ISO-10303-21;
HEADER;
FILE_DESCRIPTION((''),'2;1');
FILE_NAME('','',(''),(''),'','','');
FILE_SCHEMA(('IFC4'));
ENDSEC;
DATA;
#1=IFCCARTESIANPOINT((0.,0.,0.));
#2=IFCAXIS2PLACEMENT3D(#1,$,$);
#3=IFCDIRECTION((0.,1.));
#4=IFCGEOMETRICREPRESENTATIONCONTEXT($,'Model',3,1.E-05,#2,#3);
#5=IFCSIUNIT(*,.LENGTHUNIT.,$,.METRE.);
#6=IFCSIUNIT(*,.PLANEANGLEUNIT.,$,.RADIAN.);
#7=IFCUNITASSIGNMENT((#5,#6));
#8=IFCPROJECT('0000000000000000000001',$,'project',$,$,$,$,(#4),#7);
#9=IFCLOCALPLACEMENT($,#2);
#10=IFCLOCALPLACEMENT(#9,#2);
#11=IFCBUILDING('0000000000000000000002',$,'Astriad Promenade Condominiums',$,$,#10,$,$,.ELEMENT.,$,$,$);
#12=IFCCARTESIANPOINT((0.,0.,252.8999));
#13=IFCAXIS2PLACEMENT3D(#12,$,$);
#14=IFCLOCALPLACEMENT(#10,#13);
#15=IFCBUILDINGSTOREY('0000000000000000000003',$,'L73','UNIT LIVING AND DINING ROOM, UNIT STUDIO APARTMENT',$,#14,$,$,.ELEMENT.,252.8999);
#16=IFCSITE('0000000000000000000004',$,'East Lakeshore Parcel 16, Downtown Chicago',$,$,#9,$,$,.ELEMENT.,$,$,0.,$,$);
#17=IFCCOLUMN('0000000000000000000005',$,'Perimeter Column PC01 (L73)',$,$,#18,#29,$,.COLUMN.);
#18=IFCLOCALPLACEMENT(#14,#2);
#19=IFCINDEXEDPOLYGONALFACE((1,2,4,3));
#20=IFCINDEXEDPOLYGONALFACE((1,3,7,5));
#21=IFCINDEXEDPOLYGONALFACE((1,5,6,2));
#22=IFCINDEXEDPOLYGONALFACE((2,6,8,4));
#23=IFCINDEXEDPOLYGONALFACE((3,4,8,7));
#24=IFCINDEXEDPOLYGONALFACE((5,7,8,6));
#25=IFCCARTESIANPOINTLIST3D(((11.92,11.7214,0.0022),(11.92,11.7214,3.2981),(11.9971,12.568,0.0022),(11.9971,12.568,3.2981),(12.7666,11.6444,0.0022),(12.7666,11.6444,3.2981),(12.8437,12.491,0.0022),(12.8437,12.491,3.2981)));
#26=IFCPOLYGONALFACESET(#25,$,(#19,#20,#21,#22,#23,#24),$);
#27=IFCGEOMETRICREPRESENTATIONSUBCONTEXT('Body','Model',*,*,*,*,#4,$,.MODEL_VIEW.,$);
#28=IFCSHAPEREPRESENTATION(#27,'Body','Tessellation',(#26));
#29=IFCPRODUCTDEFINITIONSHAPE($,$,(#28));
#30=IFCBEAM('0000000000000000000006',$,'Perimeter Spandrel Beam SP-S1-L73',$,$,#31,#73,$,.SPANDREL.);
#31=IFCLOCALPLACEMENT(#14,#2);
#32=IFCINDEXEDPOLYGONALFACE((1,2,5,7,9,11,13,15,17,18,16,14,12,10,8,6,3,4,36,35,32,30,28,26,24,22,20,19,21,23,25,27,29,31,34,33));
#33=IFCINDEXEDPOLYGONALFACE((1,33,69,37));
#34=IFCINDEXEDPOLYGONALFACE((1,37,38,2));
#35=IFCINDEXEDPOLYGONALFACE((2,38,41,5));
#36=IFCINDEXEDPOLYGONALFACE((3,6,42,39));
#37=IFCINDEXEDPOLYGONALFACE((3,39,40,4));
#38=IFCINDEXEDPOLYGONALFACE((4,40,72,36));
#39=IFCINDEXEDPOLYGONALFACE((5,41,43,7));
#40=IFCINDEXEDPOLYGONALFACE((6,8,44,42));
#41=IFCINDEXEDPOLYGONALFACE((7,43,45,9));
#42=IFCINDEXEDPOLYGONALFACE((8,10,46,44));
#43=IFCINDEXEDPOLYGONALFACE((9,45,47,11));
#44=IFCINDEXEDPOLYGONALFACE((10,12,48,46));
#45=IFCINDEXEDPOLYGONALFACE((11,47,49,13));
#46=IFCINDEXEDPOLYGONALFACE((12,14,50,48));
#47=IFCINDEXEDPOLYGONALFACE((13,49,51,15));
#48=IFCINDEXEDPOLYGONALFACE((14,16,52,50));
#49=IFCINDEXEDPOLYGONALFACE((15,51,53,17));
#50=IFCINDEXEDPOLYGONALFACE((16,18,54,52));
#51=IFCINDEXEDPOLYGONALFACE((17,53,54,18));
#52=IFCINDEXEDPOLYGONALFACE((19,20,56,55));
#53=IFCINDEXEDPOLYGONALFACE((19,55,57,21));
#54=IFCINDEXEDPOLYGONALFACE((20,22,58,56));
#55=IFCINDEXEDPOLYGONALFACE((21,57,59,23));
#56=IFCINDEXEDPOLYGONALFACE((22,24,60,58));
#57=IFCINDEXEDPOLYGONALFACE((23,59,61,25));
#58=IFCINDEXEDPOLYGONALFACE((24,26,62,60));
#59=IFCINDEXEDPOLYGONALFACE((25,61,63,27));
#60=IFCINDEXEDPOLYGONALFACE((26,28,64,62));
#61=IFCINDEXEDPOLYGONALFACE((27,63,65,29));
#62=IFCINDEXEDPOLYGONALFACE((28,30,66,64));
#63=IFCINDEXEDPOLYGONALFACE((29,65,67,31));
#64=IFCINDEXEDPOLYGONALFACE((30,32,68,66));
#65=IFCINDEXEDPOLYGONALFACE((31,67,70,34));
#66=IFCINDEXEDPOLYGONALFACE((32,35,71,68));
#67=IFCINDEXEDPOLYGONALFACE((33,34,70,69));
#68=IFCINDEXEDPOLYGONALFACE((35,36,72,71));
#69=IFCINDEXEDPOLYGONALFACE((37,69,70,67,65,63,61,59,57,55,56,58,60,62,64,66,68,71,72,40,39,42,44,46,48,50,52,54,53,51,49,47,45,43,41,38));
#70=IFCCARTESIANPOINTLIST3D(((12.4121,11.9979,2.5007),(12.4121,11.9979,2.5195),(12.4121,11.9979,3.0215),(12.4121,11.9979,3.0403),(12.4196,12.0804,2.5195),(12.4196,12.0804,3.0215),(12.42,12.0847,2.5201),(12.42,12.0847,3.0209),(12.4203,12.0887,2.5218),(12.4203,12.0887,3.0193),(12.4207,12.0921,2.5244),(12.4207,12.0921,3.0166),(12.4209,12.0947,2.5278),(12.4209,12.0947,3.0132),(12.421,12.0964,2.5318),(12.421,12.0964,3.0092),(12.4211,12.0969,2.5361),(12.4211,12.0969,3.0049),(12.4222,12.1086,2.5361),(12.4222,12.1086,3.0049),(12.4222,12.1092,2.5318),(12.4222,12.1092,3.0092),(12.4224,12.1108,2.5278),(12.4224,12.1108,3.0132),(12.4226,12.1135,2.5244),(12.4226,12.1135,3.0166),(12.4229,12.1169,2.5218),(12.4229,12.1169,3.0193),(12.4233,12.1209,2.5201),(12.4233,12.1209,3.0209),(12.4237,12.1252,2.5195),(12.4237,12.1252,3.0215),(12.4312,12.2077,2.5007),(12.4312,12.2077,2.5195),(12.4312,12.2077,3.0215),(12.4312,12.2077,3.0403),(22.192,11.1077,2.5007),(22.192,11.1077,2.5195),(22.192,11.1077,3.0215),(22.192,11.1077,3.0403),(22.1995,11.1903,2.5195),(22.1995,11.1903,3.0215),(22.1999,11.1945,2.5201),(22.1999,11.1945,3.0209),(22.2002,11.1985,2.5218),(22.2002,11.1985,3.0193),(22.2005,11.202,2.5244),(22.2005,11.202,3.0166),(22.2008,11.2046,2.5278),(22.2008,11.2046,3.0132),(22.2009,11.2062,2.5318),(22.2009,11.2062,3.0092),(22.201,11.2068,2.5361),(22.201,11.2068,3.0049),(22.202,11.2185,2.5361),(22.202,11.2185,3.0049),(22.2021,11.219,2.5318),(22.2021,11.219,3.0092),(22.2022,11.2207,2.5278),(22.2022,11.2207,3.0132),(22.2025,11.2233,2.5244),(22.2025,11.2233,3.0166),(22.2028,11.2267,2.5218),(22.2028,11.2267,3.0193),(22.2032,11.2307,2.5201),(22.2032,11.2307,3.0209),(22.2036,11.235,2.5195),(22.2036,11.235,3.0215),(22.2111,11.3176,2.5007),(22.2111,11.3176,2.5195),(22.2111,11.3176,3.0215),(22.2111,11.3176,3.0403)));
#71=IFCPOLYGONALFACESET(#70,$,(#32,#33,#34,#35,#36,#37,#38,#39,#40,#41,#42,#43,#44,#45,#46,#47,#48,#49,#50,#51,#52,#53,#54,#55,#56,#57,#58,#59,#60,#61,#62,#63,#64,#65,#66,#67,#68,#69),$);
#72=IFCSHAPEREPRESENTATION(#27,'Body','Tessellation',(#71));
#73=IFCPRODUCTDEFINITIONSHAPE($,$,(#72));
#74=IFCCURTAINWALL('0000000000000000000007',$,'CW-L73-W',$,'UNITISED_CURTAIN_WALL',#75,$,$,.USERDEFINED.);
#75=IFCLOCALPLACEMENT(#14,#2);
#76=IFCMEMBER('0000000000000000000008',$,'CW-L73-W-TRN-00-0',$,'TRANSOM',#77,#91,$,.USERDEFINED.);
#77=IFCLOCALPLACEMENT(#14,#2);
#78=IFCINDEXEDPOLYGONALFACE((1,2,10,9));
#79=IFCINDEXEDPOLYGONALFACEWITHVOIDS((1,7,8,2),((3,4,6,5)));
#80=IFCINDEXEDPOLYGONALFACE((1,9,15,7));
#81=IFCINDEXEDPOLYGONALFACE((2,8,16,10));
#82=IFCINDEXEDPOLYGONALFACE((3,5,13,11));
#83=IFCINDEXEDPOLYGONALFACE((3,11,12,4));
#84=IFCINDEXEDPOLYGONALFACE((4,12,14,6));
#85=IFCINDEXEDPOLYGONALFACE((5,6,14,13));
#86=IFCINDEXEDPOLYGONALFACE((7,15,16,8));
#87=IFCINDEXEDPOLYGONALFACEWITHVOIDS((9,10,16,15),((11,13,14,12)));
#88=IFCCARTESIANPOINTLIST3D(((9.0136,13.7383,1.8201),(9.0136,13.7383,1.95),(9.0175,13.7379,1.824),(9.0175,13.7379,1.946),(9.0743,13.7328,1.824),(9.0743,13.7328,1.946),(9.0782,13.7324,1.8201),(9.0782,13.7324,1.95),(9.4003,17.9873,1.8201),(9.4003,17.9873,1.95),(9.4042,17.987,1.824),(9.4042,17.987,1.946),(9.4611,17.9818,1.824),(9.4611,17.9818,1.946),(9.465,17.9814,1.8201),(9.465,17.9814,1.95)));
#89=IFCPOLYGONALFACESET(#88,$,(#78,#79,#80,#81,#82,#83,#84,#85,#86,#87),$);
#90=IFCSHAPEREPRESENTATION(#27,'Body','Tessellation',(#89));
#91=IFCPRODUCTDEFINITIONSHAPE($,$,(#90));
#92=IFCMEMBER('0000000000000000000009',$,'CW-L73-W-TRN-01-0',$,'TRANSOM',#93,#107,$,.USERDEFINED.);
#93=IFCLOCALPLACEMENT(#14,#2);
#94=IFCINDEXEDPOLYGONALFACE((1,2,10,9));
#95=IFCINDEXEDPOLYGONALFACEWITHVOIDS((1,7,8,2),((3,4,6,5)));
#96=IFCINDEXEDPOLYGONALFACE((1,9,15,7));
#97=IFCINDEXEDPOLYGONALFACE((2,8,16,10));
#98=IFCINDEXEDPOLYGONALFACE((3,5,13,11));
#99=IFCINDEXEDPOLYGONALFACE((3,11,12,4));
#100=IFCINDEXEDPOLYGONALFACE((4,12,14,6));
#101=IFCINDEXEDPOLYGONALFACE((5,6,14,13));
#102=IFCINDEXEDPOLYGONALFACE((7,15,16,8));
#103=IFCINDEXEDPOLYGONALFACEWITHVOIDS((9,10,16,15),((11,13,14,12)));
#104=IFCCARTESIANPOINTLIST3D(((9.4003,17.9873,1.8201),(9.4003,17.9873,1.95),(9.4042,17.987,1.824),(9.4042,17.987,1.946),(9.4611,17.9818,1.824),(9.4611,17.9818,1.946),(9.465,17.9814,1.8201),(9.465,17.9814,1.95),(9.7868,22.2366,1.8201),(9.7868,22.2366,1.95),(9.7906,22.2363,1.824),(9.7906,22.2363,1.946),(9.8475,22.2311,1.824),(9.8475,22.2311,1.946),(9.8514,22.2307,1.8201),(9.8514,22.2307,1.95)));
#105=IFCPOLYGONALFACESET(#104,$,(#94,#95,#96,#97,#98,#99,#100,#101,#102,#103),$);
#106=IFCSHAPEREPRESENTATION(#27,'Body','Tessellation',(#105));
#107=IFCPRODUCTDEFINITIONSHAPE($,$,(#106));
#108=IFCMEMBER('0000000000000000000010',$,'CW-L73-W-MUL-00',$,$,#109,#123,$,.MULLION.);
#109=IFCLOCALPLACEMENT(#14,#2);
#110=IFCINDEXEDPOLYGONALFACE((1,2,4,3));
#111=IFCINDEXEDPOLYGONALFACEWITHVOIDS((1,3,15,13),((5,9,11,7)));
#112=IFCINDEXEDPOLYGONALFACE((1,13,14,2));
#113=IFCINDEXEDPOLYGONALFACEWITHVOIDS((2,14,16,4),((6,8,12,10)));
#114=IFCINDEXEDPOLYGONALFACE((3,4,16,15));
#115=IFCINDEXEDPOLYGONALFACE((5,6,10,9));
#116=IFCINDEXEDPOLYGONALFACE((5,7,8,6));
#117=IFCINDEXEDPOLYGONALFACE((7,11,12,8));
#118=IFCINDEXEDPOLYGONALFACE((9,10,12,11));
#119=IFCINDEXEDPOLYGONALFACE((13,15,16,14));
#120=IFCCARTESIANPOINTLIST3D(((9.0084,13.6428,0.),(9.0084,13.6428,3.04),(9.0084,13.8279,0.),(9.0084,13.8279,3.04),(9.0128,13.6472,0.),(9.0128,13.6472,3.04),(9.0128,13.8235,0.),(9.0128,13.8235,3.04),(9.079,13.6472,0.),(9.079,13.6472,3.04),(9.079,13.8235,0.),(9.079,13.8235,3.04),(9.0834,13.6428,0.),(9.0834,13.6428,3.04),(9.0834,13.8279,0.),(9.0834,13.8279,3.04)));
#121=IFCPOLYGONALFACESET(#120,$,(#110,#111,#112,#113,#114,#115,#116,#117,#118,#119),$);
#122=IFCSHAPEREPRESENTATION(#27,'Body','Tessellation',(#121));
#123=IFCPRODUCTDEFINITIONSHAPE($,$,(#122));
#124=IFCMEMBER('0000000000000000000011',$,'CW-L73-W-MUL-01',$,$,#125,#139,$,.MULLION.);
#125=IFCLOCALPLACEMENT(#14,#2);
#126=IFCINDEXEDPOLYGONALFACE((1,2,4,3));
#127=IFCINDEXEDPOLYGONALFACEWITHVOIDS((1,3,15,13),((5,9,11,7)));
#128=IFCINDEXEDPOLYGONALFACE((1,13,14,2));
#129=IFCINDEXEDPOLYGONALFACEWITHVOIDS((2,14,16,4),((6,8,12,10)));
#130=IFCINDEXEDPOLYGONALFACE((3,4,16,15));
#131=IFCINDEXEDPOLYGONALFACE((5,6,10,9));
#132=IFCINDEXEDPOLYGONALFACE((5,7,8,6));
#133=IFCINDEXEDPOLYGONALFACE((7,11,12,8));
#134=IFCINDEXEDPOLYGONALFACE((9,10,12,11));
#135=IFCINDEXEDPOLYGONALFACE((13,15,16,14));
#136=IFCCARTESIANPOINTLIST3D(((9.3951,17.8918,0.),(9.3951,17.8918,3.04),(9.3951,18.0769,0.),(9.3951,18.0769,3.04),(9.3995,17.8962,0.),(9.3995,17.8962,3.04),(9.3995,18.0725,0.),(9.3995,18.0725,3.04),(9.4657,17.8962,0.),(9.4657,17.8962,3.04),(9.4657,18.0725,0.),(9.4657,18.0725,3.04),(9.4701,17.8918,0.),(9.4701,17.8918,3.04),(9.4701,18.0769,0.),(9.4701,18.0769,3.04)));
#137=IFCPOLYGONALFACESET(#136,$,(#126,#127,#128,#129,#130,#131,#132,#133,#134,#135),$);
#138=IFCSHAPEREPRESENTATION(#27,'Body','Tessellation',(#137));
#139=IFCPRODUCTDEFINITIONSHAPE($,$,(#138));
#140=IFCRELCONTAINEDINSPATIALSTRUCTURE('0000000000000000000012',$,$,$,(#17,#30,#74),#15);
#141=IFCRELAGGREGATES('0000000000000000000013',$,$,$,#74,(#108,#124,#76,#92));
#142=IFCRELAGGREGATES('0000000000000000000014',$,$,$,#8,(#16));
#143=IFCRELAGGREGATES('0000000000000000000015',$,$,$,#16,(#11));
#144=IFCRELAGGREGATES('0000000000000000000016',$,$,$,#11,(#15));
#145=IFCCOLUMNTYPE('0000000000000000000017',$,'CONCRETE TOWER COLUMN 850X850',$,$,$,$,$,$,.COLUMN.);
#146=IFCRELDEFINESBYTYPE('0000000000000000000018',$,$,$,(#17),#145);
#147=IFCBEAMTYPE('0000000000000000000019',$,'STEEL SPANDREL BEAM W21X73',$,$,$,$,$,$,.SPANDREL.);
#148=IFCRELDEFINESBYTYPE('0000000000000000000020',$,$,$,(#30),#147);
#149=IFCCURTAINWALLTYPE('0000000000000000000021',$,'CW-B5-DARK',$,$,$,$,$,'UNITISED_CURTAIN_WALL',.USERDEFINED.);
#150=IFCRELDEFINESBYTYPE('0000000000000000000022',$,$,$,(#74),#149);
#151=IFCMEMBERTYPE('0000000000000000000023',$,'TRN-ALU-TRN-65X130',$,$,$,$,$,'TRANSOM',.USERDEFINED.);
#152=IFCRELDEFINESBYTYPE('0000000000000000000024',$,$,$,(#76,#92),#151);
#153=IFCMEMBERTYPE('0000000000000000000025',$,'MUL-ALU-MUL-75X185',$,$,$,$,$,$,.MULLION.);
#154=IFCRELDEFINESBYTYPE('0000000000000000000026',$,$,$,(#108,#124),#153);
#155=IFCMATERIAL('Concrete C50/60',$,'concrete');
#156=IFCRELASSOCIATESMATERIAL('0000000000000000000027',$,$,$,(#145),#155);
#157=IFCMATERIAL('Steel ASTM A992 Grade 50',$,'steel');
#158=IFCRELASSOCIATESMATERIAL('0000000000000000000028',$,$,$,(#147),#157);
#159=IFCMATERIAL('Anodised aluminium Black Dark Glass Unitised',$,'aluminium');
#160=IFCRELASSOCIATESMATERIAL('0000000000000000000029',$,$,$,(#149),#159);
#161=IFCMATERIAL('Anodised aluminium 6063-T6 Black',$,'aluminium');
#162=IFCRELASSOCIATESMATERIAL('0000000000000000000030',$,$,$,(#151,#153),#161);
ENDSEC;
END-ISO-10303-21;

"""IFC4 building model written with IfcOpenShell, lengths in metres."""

from ifc_helpers import new_model, si_unit, direction, frame, origin, origin_2d, place, context, subcontext, project, spatial, rectangle, hollow_rectangle, i_section, extrude, source, transform, mapped, material, material_profile, profile_set, type_object, type_shapes, element, aggregate, save


model = new_model("IFC4")

# Units and contexts
model_context = context("Model", 3, precision=1e-05, world=origin(), true_north=direction((0.0, 1.0)))
body_context = subcontext(model_context, "Body", "Model", "MODEL_VIEW")
ifc_project = project(units=[si_unit("LENGTHUNIT", "METRE"), si_unit("PLANEANGLEUNIT", "RADIAN")], contexts=[model_context])

# Site, building, storey
site_placement = place(None, origin())
site = spatial("IfcSite", under=ifc_project, at=site_placement, Name="East Lakeshore Parcel 16, Downtown Chicago", CompositionType="ELEMENT", RefElevation=0.0)
building_placement = place(site_placement, origin())
building = spatial("IfcBuilding", under=site, at=building_placement, Name="Astriad Promenade Condominiums", CompositionType="ELEMENT")
storey_placement = place(building_placement, frame((0.0, 0.0, 252.8999)))
storey = spatial("IfcBuildingStorey", under=building, at=storey_placement, Name="L73", Description="UNIT LIVING AND DINING ROOM, UNIT STUDIO APARTMENT", CompositionType="ELEMENT", Elevation=252.8999)

# Column
ifc_material_1 = material(Name="Concrete C50/60", Category="concrete")
ifc_material_profile_1 = material_profile(ifc_material_1, rectangle(XDim=0.8501, YDim=0.8501, at=origin_2d()), Name="RC-COL-850X850")
ifc_profile_set_1 = profile_set([ifc_material_profile_1], Name="Concrete C50/60")
column_type = type_object("IfcColumnType", Name="CONCRETE TOWER COLUMN 850X850", PredefinedType="COLUMN", material=ifc_profile_set_1)
shared_shape_1 = source(origin(), body_context, "Body", "SweptSolid", [
    extrude(rectangle(XDim=0.8501, YDim=0.8501, at=origin_2d()), origin(), (0.0, 0.0, 1.0), 3.2959),
])
type_shapes(column_type, [shared_shape_1])
column_placement = place(storey_placement, frame((12.3818, 12.1062, 0.0022), z_axis=(0.0, 0.0, 1.0), x_axis=(0.995884, -0.090633, 0.0)))
element("IfcColumn", 1, at=column_placement, inside=storey, type_object=column_type, Name="Perimeter Column PC01 (L73)", PredefinedType="COLUMN", context=body_context, shape_type="MappedRepresentation", body=[
    mapped(shared_shape_1, transform((0.0, 0.0, 0.0), scale=1.0)),
])

# Beam
ifc_material_2 = material(Name="Steel ASTM A992 Grade 50", Category="steel")
ifc_material_profile_2 = material_profile(ifc_material_2, i_section(OverallWidth=0.2107, OverallDepth=0.5396, WebThickness=0.0117, FlangeThickness=0.0188, FilletRadius=0.0166, at=origin_2d()), Name="W21X73")
ifc_profile_set_2 = profile_set([ifc_material_profile_2], Name="Steel ASTM A992 Grade 50")
beam_type = type_object("IfcBeamType", Name="STEEL SPANDREL BEAM W21X73", PredefinedType="SPANDREL", material=ifc_profile_set_2)
shared_shape_2 = source(origin(), body_context, "Body", "SweptSolid", [
    extrude(i_section(OverallWidth=0.2107, OverallDepth=0.5396, WebThickness=0.0117, FlangeThickness=0.0188, FilletRadius=0.0166, at=origin_2d()), origin(), (0.0, 0.0, 1.0), 9.8203),
])
type_shapes(beam_type, [shared_shape_2])
beam_placement = place(storey_placement, frame((12.4216, 12.1028, 2.7705), z_axis=(0.995883, -0.090643, 0.0), x_axis=(0.090643, 0.995883, 0.0)))
element("IfcBeam", 2, at=beam_placement, inside=storey, type_object=beam_type, Name="Perimeter Spandrel Beam SP-S1-L73", PredefinedType="SPANDREL", context=body_context, shape_type="MappedRepresentation", body=[
    mapped(shared_shape_2, transform((0.0, 0.0, 0.0), scale=1.0)),
])

# Curtain wall, members
ifc_material_3 = material(Name="Anodised aluminium Black Dark Glass Unitised", Category="aluminium")
curtain_wall_type = type_object("IfcCurtainWallType", Name="CW-B5-DARK", ElementType="UNITISED_CURTAIN_WALL", PredefinedType="USERDEFINED", material=ifc_material_3)
curtain_wall_placement = place(storey_placement, origin())
curtain_wall = element("IfcCurtainWall", 3, at=curtain_wall_placement, inside=storey, type_object=curtain_wall_type, Name="CW-L73-W", ObjectType="UNITISED_CURTAIN_WALL", PredefinedType="USERDEFINED")
ifc_material_4 = material(Name="Anodised aluminium 6063-T6 Black", Category="aluminium")
ifc_material_profile_3 = material_profile(ifc_material_4, hollow_rectangle(XDim=0.0649, YDim=0.1299, WallThickness=0.0039, at=origin_2d()), Name="ALU-TRN-65X130")
ifc_profile_set_3 = profile_set([ifc_material_profile_3], Name="Anodised aluminium 6063-T6 Black")
member_type_1 = type_object("IfcMemberType", Name="TRN-ALU-TRN-65X130", ElementType="TRANSOM", PredefinedType="USERDEFINED", material=ifc_profile_set_3)
shared_shape_3 = source(origin(), body_context, "Body", "SweptSolid", [
    extrude(hollow_rectangle(XDim=0.0649, YDim=0.1299, WallThickness=0.0039, at=origin_2d()), origin(), (0.0, 0.0, 1.0), 4.2666),
])
member_1_placement = place(storey_placement, frame((9.0459, 13.7354, 1.885), z_axis=(0.090639, 0.995884, 0.0), x_axis=(-0.995884, 0.090639, 0.0)))
member_1 = element("IfcMember", 4, at=member_1_placement, type_object=member_type_1, Name="CW-L73-W-TRN-00-0", ObjectType="TRANSOM", PredefinedType="USERDEFINED", context=body_context, shape_type="MappedRepresentation", body=[
    mapped(shared_shape_3, transform((0.0, 0.0, 0.0), scale=1.0)),
])
shared_shape_4 = source(origin(), body_context, "Body", "SweptSolid", [
    extrude(hollow_rectangle(XDim=0.0649, YDim=0.1299, WallThickness=0.0039, at=origin_2d()), origin(), (0.0, 0.0, 1.0), 4.2668),
])
type_shapes(member_type_1, [shared_shape_3, shared_shape_4])
member_2_placement = place(storey_placement, frame((9.4326, 17.9844, 1.885), z_axis=(0.090577, 0.995889, 0.0), x_axis=(-0.995889, 0.090577, 0.0)))
member_2 = element("IfcMember", 5, at=member_2_placement, type_object=member_type_1, Name="CW-L73-W-TRN-01-0", ObjectType="TRANSOM", PredefinedType="USERDEFINED", context=body_context, shape_type="MappedRepresentation", body=[
    mapped(shared_shape_4, transform((0.0, 0.0, 0.0), scale=1.0)),
])
ifc_material_profile_4 = material_profile(ifc_material_4, hollow_rectangle(XDim=0.075, YDim=0.1851, WallThickness=0.0044, at=origin_2d()), Name="ALU-MUL-75X185")
ifc_profile_set_4 = profile_set([ifc_material_profile_4], Name="Anodised aluminium 6063-T6 Black")
member_type_2 = type_object("IfcMemberType", Name="MUL-ALU-MUL-75X185", PredefinedType="MULLION", material=ifc_profile_set_4)
shared_shape_5 = source(origin(), body_context, "Body", "SweptSolid", [
    extrude(hollow_rectangle(XDim=0.075, YDim=0.1851, WallThickness=0.0044, at=origin_2d()), origin(), (0.0, 0.0, 1.0), 3.04),
])
type_shapes(member_type_2, [shared_shape_5])
member_3_placement = place(storey_placement, frame((9.0459, 13.7354, 0.0), z_axis=(0.0, 0.0, 1.0), x_axis=(1.0, 0.0, 0.0)))
member_3 = element("IfcMember", 6, at=member_3_placement, type_object=member_type_2, Name="CW-L73-W-MUL-00", PredefinedType="MULLION", context=body_context, shape_type="MappedRepresentation", body=[
    mapped(shared_shape_5, transform((0.0, 0.0, 0.0), scale=1.0)),
])
member_4_placement = place(storey_placement, frame((9.4326, 17.9844, 0.0), z_axis=(0.0, 0.0, 1.0), x_axis=(1.0, 0.0, 0.0)))
member_4 = element("IfcMember", 7, at=member_4_placement, type_object=member_type_2, Name="CW-L73-W-MUL-01", PredefinedType="MULLION", context=body_context, shape_type="MappedRepresentation", body=[
    mapped(shared_shape_5, transform((0.0, 0.0, 0.0), scale=1.0)),
])

aggregate(curtain_wall, [member_3, member_4, member_1, member_2])

save(model, "model.ifc")
